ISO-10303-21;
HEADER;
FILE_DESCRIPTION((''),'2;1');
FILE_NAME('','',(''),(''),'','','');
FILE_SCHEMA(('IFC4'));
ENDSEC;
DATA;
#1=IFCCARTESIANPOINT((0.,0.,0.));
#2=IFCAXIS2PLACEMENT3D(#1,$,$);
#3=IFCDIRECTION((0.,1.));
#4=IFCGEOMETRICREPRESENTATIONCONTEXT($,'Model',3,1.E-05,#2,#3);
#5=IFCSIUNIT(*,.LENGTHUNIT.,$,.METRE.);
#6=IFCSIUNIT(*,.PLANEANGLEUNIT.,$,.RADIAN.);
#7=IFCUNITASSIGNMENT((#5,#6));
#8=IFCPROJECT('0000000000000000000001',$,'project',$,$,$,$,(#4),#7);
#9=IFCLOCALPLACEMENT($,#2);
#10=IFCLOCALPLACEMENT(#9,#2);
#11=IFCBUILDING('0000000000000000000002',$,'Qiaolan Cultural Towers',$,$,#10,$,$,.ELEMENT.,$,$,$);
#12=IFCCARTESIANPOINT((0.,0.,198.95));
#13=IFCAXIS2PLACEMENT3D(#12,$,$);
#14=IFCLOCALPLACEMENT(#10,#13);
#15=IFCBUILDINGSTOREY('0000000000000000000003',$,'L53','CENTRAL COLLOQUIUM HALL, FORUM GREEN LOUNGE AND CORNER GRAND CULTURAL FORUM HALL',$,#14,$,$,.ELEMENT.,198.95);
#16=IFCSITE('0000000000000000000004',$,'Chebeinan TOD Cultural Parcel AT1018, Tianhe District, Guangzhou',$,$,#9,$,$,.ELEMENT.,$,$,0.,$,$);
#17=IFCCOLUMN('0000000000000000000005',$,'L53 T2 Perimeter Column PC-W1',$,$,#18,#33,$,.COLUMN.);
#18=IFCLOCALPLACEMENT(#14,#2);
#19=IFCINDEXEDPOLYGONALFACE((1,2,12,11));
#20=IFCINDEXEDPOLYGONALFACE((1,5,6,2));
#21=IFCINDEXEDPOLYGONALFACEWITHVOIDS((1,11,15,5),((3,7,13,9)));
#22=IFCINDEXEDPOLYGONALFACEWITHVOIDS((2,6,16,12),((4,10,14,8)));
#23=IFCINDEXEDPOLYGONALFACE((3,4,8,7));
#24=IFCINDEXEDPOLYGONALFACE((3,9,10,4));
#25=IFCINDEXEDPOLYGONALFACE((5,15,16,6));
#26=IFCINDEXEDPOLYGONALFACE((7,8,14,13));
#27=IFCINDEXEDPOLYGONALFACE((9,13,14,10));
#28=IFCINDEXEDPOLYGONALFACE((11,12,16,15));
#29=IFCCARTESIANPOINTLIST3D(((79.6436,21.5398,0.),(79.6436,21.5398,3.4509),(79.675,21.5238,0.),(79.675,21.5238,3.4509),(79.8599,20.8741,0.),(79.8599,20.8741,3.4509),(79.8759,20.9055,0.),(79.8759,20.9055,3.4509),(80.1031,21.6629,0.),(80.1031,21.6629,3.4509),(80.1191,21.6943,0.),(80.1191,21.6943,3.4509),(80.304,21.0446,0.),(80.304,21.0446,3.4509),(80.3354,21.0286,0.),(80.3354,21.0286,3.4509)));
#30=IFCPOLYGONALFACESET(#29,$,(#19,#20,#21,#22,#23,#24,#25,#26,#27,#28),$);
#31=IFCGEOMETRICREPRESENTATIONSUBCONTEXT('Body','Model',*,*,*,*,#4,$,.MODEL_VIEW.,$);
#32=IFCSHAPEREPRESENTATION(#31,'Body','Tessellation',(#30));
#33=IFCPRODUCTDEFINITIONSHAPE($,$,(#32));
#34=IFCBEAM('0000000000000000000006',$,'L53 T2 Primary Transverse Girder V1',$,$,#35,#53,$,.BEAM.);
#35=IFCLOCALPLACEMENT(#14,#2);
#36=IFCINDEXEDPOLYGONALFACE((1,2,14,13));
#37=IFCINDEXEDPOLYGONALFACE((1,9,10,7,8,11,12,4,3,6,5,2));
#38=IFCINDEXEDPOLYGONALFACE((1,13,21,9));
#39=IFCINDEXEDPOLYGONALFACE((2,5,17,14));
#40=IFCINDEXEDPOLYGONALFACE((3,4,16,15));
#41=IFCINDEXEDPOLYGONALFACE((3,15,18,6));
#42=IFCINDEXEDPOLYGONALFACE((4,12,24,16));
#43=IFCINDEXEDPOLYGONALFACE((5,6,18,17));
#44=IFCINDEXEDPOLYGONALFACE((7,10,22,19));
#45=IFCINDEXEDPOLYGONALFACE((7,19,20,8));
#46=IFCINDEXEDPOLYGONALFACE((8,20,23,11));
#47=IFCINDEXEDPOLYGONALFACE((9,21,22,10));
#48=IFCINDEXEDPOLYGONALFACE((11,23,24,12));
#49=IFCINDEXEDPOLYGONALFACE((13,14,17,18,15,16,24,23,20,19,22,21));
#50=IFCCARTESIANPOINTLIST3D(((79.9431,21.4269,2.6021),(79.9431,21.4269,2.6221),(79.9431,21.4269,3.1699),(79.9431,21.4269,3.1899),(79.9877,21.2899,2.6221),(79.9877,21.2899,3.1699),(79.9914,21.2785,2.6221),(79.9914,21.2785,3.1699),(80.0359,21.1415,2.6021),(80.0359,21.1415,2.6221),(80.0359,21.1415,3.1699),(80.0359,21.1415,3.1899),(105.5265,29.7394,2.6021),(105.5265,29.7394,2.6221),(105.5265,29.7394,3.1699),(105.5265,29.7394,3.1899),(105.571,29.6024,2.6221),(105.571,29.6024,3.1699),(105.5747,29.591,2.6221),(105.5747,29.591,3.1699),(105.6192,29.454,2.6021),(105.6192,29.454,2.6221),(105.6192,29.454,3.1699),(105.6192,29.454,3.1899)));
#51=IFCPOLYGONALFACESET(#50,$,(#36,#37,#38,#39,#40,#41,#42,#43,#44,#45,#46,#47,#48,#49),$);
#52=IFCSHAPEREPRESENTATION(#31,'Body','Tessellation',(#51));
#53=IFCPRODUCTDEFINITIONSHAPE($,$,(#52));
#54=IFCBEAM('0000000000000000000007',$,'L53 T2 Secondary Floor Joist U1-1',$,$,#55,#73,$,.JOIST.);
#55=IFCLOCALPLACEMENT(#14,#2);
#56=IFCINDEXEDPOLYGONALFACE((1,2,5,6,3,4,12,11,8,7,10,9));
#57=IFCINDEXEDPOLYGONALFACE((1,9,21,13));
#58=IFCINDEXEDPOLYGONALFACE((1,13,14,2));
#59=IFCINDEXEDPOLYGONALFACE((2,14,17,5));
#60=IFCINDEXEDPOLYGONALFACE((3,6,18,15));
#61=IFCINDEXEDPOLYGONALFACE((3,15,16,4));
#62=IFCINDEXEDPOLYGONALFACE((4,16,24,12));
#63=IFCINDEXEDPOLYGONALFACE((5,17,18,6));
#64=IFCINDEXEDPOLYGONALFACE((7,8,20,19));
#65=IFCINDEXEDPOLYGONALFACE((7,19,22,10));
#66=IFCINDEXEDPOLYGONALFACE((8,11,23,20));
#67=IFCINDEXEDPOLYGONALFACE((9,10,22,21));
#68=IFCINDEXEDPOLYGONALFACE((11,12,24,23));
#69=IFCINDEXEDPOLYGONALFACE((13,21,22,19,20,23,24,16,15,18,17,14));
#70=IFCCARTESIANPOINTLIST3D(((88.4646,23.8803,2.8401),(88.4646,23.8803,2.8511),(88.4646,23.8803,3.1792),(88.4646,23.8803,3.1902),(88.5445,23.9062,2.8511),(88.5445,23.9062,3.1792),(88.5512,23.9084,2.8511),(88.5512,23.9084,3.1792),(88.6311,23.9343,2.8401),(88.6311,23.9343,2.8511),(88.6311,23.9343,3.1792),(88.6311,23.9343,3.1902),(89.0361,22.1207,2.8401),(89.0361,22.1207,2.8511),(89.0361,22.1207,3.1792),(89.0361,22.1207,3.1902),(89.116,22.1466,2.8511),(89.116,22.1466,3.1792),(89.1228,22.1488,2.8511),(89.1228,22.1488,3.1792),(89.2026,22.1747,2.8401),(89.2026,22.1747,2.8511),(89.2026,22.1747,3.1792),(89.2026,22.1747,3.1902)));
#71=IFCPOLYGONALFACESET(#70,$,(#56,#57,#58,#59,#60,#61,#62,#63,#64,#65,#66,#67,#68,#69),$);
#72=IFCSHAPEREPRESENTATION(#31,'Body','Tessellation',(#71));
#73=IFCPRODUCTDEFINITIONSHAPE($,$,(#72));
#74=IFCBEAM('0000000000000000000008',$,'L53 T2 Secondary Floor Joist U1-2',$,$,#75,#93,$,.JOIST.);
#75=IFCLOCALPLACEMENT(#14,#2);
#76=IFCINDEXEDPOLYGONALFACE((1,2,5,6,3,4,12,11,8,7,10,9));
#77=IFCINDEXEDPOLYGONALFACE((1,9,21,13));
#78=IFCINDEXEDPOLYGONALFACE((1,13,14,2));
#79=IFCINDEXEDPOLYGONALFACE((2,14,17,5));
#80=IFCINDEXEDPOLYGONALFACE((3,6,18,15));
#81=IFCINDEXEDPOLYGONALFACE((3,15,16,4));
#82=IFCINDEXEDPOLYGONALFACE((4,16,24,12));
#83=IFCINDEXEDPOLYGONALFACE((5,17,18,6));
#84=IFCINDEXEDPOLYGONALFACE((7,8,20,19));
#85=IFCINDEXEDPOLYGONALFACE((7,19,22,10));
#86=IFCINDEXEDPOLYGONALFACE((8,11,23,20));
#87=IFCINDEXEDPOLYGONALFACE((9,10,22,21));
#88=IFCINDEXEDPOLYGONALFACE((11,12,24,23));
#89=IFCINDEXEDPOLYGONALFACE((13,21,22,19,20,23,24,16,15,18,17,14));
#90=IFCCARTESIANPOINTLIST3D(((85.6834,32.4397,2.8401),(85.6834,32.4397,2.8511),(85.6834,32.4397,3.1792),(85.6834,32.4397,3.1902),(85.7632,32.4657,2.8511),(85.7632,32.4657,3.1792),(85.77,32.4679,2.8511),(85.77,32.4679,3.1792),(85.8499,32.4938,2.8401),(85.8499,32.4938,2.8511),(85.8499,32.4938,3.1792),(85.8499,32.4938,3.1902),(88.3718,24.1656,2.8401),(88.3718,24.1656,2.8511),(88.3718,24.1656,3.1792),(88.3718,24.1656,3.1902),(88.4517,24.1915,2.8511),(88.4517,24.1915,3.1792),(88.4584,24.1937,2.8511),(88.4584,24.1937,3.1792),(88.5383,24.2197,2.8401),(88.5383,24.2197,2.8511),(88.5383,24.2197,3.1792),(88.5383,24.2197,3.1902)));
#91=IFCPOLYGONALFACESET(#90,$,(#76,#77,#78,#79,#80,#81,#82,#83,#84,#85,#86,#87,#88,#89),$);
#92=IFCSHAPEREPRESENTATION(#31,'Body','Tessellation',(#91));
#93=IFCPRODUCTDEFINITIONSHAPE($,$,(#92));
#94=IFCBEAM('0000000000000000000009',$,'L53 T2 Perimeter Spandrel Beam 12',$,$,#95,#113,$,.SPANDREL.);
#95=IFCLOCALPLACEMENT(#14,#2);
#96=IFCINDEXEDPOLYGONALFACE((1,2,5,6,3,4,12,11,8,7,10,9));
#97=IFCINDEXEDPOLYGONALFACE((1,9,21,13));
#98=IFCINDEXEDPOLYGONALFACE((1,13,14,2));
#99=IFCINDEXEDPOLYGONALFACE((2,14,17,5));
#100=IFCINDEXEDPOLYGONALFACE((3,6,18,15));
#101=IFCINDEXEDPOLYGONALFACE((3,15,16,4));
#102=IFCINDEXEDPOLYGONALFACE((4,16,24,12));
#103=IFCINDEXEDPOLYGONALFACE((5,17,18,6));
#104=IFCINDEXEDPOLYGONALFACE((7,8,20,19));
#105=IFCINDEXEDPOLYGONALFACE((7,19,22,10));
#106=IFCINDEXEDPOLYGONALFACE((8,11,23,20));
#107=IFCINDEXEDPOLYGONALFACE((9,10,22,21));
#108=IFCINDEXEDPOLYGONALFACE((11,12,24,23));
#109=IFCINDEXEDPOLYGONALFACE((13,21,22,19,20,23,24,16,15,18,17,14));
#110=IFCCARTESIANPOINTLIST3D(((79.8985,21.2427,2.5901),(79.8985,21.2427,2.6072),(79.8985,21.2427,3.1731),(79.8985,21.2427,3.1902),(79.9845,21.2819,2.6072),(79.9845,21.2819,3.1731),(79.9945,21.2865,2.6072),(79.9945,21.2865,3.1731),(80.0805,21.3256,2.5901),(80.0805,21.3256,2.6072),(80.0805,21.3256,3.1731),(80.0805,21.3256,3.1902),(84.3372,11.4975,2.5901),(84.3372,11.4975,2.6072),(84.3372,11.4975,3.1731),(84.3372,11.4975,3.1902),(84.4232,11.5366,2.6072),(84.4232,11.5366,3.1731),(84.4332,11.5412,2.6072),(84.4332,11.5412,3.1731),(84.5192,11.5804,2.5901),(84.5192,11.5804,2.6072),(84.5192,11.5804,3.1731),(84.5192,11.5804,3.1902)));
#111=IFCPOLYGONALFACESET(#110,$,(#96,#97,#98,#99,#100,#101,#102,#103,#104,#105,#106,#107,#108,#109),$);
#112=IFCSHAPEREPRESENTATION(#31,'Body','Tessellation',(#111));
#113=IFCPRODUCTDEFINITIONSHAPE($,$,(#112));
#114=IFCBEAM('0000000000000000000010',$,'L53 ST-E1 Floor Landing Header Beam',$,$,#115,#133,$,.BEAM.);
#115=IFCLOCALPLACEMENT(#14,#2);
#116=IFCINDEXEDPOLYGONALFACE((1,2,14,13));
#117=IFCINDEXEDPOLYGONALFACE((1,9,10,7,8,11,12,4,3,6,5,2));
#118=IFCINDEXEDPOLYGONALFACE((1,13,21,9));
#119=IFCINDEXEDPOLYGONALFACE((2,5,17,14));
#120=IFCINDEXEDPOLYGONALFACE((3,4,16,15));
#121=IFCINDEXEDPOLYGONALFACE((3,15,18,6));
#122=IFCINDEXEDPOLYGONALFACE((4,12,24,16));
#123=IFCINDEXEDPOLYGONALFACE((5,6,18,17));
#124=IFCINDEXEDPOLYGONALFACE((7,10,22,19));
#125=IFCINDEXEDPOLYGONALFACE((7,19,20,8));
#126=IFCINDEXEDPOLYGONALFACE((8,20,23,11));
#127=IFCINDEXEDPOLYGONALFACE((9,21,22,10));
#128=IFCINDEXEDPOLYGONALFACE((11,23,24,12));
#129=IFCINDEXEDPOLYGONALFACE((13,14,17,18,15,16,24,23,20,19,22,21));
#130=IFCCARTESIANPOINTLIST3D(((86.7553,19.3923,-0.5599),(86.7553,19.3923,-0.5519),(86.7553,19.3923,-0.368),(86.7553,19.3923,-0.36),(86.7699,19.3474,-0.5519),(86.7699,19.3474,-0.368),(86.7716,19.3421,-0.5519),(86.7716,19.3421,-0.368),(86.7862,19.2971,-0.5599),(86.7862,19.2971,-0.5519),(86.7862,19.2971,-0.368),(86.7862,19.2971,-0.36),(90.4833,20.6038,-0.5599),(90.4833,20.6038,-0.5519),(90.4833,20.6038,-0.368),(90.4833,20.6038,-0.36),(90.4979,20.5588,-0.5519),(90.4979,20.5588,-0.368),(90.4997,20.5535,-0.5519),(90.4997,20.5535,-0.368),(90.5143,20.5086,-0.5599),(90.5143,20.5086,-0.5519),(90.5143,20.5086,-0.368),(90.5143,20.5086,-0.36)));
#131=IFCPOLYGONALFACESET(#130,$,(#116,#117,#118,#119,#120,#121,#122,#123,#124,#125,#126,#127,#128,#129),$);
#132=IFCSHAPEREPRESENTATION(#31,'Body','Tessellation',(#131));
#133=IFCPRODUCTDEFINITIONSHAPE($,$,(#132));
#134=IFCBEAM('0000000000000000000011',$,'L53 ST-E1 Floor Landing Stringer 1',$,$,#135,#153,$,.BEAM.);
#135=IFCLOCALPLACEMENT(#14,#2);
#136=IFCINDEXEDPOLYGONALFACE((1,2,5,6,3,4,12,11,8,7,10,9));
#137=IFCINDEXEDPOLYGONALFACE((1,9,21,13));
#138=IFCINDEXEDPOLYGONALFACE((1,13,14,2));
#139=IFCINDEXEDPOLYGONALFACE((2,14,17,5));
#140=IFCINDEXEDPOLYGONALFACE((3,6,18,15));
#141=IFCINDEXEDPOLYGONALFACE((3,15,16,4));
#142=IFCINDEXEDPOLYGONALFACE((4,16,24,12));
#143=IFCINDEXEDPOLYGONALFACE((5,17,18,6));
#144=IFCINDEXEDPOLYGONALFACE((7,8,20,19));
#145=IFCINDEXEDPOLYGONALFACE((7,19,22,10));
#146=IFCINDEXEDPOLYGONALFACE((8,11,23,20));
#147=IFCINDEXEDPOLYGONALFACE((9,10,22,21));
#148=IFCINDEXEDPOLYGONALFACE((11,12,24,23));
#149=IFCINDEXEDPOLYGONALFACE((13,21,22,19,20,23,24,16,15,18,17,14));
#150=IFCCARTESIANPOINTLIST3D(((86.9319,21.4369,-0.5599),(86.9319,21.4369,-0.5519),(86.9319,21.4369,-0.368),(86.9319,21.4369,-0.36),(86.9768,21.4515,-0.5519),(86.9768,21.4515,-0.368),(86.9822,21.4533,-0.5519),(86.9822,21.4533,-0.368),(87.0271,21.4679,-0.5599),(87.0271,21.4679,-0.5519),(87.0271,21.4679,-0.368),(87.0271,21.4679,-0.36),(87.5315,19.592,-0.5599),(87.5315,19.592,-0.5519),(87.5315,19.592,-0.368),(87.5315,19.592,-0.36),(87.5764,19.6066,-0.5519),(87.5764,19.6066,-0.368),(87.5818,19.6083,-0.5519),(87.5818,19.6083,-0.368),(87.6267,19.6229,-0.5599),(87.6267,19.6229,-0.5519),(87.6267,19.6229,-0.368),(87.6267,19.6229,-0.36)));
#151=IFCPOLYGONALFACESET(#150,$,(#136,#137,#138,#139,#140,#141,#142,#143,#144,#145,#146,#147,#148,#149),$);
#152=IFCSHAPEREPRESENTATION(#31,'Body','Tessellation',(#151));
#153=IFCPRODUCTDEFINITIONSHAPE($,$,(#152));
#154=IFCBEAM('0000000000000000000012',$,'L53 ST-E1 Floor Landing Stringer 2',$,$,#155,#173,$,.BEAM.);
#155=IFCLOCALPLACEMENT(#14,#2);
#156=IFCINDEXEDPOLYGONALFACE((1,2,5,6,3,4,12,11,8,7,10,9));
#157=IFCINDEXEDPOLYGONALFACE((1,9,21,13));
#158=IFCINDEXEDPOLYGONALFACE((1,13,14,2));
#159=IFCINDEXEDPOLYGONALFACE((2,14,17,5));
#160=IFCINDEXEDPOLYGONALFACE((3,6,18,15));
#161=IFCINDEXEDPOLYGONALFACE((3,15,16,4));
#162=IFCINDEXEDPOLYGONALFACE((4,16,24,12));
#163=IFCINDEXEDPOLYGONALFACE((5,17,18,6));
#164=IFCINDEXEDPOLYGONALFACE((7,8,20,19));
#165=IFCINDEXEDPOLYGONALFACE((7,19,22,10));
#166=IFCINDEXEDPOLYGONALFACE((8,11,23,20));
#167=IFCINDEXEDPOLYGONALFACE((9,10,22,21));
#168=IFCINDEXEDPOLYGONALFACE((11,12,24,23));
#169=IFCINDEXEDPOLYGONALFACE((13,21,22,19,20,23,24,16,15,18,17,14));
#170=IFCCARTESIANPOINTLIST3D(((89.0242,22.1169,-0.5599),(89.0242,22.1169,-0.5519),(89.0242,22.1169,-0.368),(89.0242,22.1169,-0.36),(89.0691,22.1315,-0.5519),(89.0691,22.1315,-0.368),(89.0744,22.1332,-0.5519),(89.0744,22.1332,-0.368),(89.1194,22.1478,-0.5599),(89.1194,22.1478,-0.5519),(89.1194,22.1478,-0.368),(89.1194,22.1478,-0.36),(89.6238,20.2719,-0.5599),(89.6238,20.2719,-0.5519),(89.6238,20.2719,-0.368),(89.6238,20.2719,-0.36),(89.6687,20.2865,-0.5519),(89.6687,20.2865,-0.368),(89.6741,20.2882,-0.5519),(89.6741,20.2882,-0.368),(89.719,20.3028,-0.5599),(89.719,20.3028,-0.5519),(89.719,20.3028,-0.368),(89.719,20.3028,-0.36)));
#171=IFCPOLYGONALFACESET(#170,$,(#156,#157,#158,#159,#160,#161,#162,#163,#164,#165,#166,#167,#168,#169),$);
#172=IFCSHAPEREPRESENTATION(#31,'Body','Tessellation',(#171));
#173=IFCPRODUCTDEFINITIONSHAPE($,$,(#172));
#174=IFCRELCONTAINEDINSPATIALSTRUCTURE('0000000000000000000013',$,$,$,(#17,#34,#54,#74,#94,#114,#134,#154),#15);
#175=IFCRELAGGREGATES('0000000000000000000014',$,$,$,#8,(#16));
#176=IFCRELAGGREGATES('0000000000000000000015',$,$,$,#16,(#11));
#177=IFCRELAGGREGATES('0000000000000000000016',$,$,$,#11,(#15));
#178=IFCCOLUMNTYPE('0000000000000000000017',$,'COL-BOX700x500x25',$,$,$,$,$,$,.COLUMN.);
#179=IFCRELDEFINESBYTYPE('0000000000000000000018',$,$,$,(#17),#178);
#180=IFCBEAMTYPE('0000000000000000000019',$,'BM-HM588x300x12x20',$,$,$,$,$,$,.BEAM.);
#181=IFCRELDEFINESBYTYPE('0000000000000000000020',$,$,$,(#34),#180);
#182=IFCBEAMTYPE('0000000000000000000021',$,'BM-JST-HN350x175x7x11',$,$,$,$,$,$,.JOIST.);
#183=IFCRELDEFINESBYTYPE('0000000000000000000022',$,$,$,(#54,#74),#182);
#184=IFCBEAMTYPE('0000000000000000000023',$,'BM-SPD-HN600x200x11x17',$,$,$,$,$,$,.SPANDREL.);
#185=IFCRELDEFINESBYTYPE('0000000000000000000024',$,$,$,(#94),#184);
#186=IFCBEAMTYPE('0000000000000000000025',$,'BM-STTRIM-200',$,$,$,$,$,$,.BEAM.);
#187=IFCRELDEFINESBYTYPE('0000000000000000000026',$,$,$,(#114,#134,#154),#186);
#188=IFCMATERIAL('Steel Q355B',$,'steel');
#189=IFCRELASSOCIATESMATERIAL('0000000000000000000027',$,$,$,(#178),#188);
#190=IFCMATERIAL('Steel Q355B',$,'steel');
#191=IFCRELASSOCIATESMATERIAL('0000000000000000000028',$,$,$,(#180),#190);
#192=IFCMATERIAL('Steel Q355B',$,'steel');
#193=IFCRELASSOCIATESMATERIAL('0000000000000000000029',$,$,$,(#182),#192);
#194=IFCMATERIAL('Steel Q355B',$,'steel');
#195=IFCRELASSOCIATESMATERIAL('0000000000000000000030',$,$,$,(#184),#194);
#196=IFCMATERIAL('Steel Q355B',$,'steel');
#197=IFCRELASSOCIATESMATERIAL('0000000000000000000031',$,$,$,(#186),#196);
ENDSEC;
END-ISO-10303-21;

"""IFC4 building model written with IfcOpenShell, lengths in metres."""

from ifc_helpers import new_model, si_unit, direction, frame, origin, origin_2d, place, context, subcontext, project, spatial, hollow_rectangle, i_section, extrude, material, material_profile, profile_set, type_object, element, save


model = new_model("IFC4")

# Units and contexts
model_context = context("Model", 3, precision=1e-05, world=origin(), true_north=direction((0.0, 1.0)))
body_context = subcontext(model_context, "Body", "Model", "MODEL_VIEW")
ifc_project = project(units=[si_unit("LENGTHUNIT", "METRE"), si_unit("PLANEANGLEUNIT", "RADIAN")], contexts=[model_context])

# Site, building, storey
site_placement = place(None, origin())
site = spatial("IfcSite", under=ifc_project, at=site_placement, Name="Chebeinan TOD Cultural Parcel AT1018, Tianhe District, Guangzhou", CompositionType="ELEMENT", RefElevation=0.0)
building_placement = place(site_placement, origin())
building = spatial("IfcBuilding", under=site, at=building_placement, Name="Qiaolan Cultural Towers", CompositionType="ELEMENT")
storey_placement = place(building_placement, frame((0.0, 0.0, 198.95)))
storey = spatial("IfcBuildingStorey", under=building, at=storey_placement, Name="L53", Description="CENTRAL COLLOQUIUM HALL, FORUM GREEN LOUNGE AND CORNER GRAND CULTURAL FORUM HALL", CompositionType="ELEMENT", Elevation=198.95)

# Column
ifc_material_1 = material(Name="Steel Q355B", Category="steel")
ifc_material_profile_1 = material_profile(ifc_material_1, hollow_rectangle(XDim=0.5, YDim=0.7, WallThickness=0.0249, at=origin_2d()), Name="BOX700x500x25")
ifc_profile_set_1 = profile_set([ifc_material_profile_1], Name="Steel Q355B")
column_type = type_object("IfcColumnType", Name="COL-BOX700x500x25", PredefinedType="COLUMN", material=ifc_profile_set_1)
column_placement = place(storey_placement, frame((79.9895, 21.2842, 0.0), z_axis=(0.0, 0.0, 1.0), x_axis=(0.951057, 0.309017, 0.0)))
element("IfcColumn", 1, at=column_placement, inside=storey, type_object=column_type, Name="L53 T2 Perimeter Column PC-W1", PredefinedType="COLUMN", context=body_context, shape_type="SweptSolid", body=[
    extrude(hollow_rectangle(XDim=0.5, YDim=0.7, WallThickness=0.0249, at=origin_2d()), origin(), (0.0, 0.0, 1.0), 3.4509),
])

# Beams
ifc_material_2 = material(Name="Steel Q355B", Category="steel")
ifc_material_profile_2 = material_profile(ifc_material_2, i_section(OverallWidth=0.3, OverallDepth=0.5879, WebThickness=0.012, FlangeThickness=0.02, at=origin_2d()), Name="HM588x300x12x20")
ifc_profile_set_2 = profile_set([ifc_material_profile_2], Name="Steel Q355B")
beam_type_1 = type_object("IfcBeamType", Name="BM-HM588x300x12x20", PredefinedType="BEAM", material=ifc_profile_set_2)
beam_1_placement = place(storey_placement, frame((79.9895, 21.2842, 2.896), z_axis=(0.951057, 0.309017, 0.0), x_axis=(-0.309017, 0.951057, 0.0)))
element("IfcBeam", 2, at=beam_1_placement, inside=storey, type_object=beam_type_1, Name="L53 T2 Primary Transverse Girder V1", PredefinedType="BEAM", context=body_context, shape_type="SweptSolid", body=[
    extrude(i_section(OverallWidth=0.3, OverallDepth=0.5879, WebThickness=0.012, FlangeThickness=0.02, at=origin_2d()), origin(), (0.0, 0.0, 1.0), 26.8999),
])
ifc_material_3 = material(Name="Steel Q355B", Category="steel")
ifc_material_profile_3 = material_profile(ifc_material_3, i_section(OverallWidth=0.175, OverallDepth=0.3501, WebThickness=0.0071, FlangeThickness=0.011, at=origin_2d()), Name="HN350x175x7x11")
ifc_profile_set_3 = profile_set([ifc_material_profile_3], Name="Steel Q355B")
beam_type_2 = type_object("IfcBeamType", Name="BM-JST-HN350x175x7x11", PredefinedType="JOIST", material=ifc_profile_set_3)
beam_2_placement = place(storey_placement, frame((89.1194, 22.1477, 3.0151), z_axis=(-0.308934, 0.951084, 0.0), x_axis=(-0.951084, -0.308934, 0.0)))
element("IfcBeam", 3, at=beam_2_placement, inside=storey, type_object=beam_type_2, Name="L53 T2 Secondary Floor Joist U1-1", PredefinedType="JOIST", context=body_context, shape_type="SweptSolid", body=[
    extrude(i_section(OverallWidth=0.175, OverallDepth=0.3501, WebThickness=0.0071, FlangeThickness=0.011, at=origin_2d()), origin(), (0.0, 0.0, 1.0), 1.8501),
])
beam_3_placement = place(storey_placement, frame((88.4551, 24.1926, 3.0151), z_axis=(-0.309021, 0.951055, 0.0), x_axis=(-0.951055, -0.309021, 0.0)))
element("IfcBeam", 4, at=beam_3_placement, inside=storey, type_object=beam_type_2, Name="L53 T2 Secondary Floor Joist U1-2", PredefinedType="JOIST", context=body_context, shape_type="SweptSolid", body=[
    extrude(i_section(OverallWidth=0.175, OverallDepth=0.3501, WebThickness=0.0071, FlangeThickness=0.011, at=origin_2d()), origin(), (0.0, 0.0, 1.0), 8.7),
])
ifc_material_4 = material(Name="Steel Q355B", Category="steel")
ifc_material_profile_4 = material_profile(ifc_material_4, i_section(OverallWidth=0.2, OverallDepth=0.6001, WebThickness=0.011, FlangeThickness=0.0171, at=origin_2d()), Name="HN600x200x11x17")
ifc_profile_set_4 = profile_set([ifc_material_profile_4], Name="Steel Q355B")
beam_type_3 = type_object("IfcBeamType", Name="BM-SPD-HN600x200x11x17", PredefinedType="SPANDREL", material=ifc_profile_set_4)
beam_4_placement = place(storey_placement, frame((79.9895, 21.2842, 2.8901), z_axis=(0.4145, -0.910049, 0.0), x_axis=(0.910049, 0.4145, 0.0)))
element("IfcBeam", 5, at=beam_4_placement, inside=storey, type_object=beam_type_3, Name="L53 T2 Perimeter Spandrel Beam 12", PredefinedType="SPANDREL", context=body_context, shape_type="SweptSolid", body=[
    extrude(i_section(OverallWidth=0.2, OverallDepth=0.6001, WebThickness=0.011, FlangeThickness=0.0171, at=origin_2d()), origin(), (0.0, 0.0, 1.0), 10.7085),
])
ifc_material_5 = material(Name="Steel Q355B", Category="steel")
ifc_material_profile_5 = material_profile(ifc_material_5, i_section(OverallWidth=0.1001, OverallDepth=0.2, WebThickness=0.0056, FlangeThickness=0.0081, at=origin_2d()), Name="HN200x100x5.5x8")
ifc_profile_set_5 = profile_set([ifc_material_profile_5], Name="Steel Q355B")
beam_type_4 = type_object("IfcBeamType", Name="BM-STTRIM-200", PredefinedType="BEAM", material=ifc_profile_set_5)
beam_5_placement = place(storey_placement, frame((86.7708, 19.3447, -0.46), z_axis=(0.951048, 0.309044, 0.0), x_axis=(-0.309044, 0.951048, 0.0)))
element("IfcBeam", 6, at=beam_5_placement, inside=storey, type_object=beam_type_4, Name="L53 ST-E1 Floor Landing Header Beam", PredefinedType="BEAM", context=body_context, shape_type="SweptSolid", body=[
    extrude(i_section(OverallWidth=0.1001, OverallDepth=0.2, WebThickness=0.0056, FlangeThickness=0.0081, at=origin_2d()), origin(), (0.0, 0.0, 1.0), 3.9199),
])
for number, where, z_axis, x_axis, name in (
    (7, (86.9795, 21.4524, -0.46), (0.309083, -0.951035, 0.0), (0.951035, 0.309083, 0.0), "L53 ST-E1 Floor Landing Stringer 1"),
    (8, (89.0718, 22.1323, -0.46), (0.309083, -0.951035, 0.0), (0.951035, 0.309083, 0.0), "L53 ST-E1 Floor Landing Stringer 2"),
):
    element("IfcBeam", number, at=place(storey_placement, frame(where, z_axis=z_axis, x_axis=x_axis)), inside=storey, type_object=beam_type_4, Name=name, PredefinedType="BEAM", context=body_context, shape_type="SweptSolid", body=[
        extrude(i_section(OverallWidth=0.1001, OverallDepth=0.2, WebThickness=0.0056, FlangeThickness=0.0081, at=origin_2d()), origin(), (0.0, 0.0, 1.0), 1.9399),
    ])

save(model, "model.ifc")
